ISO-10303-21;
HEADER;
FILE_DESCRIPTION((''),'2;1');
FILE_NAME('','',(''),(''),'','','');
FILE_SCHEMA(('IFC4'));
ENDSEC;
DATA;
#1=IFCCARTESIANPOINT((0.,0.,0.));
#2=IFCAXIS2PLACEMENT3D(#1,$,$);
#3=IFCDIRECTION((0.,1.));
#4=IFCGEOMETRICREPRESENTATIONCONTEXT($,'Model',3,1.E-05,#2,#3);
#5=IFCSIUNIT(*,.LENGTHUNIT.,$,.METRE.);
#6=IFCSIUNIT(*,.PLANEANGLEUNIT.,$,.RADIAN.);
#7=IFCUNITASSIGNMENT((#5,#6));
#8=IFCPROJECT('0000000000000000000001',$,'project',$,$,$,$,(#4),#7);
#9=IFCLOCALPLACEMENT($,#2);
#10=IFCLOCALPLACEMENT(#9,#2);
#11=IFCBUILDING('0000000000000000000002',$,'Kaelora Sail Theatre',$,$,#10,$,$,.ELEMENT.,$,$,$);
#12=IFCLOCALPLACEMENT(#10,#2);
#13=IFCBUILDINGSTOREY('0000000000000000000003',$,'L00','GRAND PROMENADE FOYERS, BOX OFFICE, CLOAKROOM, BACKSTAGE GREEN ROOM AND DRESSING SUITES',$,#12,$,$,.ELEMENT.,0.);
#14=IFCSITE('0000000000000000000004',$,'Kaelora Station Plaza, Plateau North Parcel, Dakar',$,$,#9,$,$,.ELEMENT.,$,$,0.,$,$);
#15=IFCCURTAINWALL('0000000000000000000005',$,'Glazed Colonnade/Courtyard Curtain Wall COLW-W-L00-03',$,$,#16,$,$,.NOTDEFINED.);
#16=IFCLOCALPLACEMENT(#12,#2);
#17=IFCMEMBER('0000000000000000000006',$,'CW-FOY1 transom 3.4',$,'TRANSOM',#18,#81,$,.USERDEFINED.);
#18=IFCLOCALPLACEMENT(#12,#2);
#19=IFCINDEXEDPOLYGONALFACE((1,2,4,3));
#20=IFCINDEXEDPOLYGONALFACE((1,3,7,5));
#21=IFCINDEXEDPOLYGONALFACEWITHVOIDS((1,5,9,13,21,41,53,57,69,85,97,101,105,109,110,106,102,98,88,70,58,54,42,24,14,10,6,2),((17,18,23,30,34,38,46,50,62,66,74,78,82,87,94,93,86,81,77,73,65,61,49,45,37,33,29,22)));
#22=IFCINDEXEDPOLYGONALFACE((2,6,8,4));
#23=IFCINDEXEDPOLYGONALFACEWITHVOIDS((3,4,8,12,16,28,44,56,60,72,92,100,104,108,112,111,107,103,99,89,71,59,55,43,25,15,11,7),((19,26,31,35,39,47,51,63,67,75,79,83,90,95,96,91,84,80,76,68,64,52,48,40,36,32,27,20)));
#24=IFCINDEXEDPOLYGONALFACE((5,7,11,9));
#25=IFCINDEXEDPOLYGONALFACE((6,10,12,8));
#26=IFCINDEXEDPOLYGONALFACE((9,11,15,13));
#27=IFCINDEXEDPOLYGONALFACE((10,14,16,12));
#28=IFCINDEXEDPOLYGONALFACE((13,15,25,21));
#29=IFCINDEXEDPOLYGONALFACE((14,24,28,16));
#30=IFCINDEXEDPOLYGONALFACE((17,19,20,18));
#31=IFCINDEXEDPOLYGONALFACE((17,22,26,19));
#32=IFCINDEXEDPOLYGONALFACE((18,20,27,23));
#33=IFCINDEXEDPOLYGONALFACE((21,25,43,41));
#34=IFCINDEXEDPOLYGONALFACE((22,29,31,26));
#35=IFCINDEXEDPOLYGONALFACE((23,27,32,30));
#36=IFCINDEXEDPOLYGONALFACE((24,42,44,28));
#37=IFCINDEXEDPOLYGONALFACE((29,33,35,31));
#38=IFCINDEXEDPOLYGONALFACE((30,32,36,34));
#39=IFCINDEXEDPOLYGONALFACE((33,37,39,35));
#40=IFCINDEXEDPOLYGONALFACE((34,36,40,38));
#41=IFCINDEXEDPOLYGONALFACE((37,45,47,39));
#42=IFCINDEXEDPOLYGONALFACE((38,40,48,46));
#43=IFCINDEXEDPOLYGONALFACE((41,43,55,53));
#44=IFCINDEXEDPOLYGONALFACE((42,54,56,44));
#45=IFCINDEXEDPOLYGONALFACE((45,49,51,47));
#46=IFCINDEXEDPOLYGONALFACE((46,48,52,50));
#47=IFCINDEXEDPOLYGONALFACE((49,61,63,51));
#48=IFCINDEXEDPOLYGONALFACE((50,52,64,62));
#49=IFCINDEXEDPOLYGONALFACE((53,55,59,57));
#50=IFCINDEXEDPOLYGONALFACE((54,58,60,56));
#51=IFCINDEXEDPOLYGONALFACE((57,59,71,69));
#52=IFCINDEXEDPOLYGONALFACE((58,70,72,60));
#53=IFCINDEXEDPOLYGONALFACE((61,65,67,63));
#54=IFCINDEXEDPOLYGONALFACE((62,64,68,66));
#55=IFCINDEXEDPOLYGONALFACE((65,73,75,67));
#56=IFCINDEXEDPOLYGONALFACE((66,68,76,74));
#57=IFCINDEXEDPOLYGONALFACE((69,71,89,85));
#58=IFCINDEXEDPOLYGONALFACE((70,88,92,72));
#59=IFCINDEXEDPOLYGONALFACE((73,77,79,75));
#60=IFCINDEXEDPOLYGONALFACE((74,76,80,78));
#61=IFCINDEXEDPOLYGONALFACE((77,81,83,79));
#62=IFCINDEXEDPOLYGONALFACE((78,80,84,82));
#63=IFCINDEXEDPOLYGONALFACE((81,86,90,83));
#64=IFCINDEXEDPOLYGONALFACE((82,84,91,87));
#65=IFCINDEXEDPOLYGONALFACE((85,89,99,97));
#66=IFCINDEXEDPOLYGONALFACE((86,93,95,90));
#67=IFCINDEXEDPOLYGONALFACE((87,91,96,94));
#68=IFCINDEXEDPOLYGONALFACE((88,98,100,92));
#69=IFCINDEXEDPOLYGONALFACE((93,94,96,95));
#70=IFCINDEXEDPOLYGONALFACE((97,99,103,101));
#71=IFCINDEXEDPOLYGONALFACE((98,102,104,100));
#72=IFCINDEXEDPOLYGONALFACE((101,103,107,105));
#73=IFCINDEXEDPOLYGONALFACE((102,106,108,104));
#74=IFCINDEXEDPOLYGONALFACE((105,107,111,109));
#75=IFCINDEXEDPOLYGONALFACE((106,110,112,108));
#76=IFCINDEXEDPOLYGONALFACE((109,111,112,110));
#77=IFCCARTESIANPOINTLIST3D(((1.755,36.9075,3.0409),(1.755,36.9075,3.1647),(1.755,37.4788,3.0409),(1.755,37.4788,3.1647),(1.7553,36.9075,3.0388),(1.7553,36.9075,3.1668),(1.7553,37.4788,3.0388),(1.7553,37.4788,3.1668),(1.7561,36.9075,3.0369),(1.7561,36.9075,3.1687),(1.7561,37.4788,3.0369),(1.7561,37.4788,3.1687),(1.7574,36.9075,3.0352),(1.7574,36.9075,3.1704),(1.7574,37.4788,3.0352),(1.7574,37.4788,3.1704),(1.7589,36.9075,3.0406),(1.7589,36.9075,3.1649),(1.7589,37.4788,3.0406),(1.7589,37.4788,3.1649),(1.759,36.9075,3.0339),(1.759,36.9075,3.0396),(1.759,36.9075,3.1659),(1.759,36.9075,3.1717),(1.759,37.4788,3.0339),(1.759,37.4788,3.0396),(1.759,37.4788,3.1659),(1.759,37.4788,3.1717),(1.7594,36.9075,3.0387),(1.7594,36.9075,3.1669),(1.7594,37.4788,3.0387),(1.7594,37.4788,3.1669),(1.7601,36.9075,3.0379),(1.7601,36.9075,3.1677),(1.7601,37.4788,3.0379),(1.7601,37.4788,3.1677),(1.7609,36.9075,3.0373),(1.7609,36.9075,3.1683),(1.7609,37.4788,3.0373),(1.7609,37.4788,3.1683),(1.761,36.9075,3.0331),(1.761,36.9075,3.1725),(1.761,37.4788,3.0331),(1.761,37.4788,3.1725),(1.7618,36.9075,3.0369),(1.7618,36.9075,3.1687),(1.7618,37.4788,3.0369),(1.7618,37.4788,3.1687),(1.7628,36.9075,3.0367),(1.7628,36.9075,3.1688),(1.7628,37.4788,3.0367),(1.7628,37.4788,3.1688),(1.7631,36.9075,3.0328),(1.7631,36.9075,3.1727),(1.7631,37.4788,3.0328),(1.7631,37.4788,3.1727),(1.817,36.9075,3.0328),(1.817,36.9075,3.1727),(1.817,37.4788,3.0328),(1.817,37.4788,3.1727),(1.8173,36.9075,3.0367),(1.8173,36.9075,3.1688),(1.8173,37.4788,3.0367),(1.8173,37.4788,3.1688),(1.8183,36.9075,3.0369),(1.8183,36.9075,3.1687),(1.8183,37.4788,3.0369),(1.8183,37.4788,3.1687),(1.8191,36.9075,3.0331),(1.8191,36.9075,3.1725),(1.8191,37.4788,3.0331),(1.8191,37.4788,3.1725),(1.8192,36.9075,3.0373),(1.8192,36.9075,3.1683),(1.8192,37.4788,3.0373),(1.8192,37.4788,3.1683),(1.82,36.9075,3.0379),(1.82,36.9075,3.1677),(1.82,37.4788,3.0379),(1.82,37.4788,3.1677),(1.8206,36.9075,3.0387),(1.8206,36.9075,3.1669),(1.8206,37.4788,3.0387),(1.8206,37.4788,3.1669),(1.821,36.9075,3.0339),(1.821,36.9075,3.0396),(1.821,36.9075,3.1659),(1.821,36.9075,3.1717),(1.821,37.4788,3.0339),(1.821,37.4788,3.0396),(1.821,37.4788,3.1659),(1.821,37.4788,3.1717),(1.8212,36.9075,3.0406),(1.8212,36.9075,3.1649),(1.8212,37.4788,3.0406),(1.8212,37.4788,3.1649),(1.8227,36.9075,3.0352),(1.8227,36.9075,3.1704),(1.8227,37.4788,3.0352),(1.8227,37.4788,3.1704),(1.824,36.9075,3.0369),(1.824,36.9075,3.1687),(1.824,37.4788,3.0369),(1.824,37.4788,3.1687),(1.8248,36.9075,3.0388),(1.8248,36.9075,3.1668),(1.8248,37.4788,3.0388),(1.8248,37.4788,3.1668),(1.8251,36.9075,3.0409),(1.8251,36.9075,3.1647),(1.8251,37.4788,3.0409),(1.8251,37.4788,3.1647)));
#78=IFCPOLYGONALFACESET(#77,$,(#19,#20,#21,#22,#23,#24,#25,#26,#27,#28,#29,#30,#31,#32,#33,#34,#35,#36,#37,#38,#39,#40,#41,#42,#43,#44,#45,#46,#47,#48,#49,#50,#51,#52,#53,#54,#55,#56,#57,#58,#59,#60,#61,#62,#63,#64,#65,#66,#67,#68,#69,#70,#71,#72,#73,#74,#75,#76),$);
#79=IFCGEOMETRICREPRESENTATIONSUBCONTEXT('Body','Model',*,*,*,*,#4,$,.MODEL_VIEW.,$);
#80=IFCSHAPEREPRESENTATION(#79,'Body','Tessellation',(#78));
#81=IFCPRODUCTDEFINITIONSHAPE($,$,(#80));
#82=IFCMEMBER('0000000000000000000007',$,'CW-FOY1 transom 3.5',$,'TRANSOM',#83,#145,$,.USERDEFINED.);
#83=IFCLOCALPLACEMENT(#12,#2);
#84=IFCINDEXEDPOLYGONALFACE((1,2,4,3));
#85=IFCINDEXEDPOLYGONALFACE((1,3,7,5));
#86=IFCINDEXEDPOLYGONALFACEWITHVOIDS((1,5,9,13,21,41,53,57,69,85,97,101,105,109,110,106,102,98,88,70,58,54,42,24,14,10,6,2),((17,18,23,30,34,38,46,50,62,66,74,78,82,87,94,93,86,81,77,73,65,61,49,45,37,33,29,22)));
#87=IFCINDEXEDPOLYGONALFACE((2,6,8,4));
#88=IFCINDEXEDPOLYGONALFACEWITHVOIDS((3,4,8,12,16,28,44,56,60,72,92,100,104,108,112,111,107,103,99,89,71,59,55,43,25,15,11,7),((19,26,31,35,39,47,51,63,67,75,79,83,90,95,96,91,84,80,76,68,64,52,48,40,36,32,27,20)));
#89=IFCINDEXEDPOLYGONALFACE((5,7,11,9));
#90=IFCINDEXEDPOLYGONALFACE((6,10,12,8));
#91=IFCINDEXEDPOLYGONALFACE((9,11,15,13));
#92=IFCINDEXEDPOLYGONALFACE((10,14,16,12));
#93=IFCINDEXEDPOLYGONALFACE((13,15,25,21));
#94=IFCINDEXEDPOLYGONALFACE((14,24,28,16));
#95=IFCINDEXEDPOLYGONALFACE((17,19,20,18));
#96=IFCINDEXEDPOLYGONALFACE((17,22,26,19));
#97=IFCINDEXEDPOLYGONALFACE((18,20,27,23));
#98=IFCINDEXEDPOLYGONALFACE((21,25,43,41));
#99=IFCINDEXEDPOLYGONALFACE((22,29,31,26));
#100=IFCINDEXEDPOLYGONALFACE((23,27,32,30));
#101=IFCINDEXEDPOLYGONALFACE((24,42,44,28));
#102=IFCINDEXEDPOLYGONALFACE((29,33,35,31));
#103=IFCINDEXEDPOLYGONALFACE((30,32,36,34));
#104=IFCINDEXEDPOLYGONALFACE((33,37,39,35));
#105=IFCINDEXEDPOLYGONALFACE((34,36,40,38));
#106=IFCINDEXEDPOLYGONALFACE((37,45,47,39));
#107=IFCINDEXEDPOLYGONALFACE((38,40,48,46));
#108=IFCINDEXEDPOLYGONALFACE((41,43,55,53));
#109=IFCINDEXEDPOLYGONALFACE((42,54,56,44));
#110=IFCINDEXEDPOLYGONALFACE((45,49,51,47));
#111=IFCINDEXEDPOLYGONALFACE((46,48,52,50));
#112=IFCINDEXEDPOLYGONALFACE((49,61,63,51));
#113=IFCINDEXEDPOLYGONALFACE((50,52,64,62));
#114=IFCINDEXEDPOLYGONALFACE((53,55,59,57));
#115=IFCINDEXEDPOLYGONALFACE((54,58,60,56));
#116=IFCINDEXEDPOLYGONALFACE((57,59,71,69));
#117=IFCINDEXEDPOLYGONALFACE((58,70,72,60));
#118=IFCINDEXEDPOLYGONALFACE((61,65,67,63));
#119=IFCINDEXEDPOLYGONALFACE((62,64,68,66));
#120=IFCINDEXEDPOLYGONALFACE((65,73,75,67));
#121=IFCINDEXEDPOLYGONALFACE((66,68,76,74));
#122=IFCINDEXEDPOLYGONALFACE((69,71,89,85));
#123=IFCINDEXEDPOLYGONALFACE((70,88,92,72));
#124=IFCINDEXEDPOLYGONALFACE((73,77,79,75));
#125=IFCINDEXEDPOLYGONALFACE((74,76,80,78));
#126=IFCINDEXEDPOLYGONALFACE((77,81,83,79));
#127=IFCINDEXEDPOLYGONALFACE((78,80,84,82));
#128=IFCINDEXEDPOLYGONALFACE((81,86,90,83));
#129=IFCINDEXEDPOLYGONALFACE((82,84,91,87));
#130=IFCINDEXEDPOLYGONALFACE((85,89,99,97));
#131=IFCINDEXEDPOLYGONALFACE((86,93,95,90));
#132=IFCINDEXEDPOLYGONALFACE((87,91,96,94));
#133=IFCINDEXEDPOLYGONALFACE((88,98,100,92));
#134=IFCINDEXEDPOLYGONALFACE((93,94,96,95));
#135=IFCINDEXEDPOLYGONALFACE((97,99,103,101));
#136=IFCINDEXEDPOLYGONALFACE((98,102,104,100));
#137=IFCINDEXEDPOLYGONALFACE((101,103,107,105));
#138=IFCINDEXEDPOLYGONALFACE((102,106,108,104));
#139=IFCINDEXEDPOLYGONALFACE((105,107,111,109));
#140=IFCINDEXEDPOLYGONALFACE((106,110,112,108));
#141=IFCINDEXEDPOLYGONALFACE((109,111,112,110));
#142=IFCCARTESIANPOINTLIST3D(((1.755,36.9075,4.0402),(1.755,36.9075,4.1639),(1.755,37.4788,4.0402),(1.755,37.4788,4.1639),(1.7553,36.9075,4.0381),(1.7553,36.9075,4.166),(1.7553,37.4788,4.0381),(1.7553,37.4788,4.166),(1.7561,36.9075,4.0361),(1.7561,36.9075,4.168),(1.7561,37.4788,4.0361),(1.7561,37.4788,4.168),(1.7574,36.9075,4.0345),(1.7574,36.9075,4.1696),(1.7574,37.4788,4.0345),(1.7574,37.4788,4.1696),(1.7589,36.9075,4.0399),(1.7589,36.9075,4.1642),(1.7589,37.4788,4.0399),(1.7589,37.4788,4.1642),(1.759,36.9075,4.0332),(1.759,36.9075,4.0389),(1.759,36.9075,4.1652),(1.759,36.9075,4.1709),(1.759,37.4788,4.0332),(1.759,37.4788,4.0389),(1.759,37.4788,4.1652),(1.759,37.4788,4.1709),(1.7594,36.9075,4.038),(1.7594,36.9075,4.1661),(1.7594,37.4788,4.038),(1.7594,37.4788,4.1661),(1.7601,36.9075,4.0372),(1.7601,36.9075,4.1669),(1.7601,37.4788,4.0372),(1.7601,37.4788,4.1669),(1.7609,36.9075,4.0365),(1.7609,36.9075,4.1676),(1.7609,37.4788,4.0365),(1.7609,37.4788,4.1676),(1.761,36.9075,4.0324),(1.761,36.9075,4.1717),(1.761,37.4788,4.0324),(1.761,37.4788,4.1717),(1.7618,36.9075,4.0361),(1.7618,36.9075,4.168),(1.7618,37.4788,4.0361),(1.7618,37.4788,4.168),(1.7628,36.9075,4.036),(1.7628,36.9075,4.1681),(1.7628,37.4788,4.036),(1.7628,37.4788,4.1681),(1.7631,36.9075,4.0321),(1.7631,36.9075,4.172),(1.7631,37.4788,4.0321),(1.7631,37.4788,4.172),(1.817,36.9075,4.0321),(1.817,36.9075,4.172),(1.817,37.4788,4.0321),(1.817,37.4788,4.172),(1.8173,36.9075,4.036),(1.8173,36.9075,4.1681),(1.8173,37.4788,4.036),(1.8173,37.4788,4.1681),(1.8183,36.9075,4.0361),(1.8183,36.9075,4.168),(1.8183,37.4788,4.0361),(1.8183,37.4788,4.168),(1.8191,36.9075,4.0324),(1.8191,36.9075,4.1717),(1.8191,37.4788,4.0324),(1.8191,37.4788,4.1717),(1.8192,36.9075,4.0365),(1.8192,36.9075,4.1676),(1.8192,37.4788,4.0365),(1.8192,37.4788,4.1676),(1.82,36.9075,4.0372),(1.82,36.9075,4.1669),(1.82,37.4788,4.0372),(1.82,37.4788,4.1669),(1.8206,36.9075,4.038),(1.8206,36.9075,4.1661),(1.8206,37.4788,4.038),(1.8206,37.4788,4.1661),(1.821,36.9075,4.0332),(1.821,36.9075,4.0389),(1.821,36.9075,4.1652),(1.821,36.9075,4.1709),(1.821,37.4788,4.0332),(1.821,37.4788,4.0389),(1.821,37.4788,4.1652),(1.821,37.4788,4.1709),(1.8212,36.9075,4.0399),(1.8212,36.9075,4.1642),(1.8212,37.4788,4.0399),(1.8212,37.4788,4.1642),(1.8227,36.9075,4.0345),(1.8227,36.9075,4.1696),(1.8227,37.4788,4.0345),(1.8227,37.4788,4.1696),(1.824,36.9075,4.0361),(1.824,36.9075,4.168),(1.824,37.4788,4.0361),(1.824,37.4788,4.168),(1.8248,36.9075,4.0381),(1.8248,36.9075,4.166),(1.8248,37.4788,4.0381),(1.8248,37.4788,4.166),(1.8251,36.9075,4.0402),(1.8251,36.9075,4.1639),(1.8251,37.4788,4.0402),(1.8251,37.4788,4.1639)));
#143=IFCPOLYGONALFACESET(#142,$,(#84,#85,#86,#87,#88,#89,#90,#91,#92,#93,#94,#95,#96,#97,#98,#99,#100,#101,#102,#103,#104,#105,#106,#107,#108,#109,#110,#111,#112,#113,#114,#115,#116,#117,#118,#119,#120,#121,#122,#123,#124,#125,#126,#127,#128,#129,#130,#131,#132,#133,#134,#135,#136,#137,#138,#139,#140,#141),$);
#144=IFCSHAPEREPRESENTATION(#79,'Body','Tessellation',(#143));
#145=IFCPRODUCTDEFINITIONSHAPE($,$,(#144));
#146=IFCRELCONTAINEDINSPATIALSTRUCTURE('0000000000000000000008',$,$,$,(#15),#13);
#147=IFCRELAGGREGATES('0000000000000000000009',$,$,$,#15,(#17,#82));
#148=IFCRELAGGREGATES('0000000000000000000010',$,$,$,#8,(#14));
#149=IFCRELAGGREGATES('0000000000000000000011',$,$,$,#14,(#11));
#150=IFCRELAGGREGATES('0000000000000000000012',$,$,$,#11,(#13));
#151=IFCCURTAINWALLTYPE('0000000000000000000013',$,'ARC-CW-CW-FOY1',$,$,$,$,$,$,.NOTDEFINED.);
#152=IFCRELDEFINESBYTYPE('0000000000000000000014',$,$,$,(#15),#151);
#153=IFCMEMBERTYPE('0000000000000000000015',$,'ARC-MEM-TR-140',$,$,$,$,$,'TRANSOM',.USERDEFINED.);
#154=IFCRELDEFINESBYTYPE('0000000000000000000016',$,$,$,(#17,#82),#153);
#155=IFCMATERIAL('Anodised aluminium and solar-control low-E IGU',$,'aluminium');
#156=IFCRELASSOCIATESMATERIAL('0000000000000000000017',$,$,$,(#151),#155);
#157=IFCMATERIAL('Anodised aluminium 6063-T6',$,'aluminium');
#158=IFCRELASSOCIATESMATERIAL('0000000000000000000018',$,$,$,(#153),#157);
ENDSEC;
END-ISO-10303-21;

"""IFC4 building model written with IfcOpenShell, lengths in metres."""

from ifc_helpers import new_model, si_unit, direction, frame, origin, origin_2d, place, context, subcontext, project, spatial, hollow_rectangle, extrude, material, material_profile, profile_set, type_object, element, aggregate, save


model = new_model("IFC4")

# Units and contexts
model_context = context("Model", 3, precision=1e-05, world=origin(), true_north=direction((0.0, 1.0)))
body_context = subcontext(model_context, "Body", "Model", "MODEL_VIEW")
ifc_project = project(units=[si_unit("LENGTHUNIT", "METRE"), si_unit("PLANEANGLEUNIT", "RADIAN")], contexts=[model_context])

# Site, building, storey
site_placement = place(None, origin())
site = spatial("IfcSite", under=ifc_project, at=site_placement, Name="Kaelora Station Plaza, Plateau North Parcel, Dakar", CompositionType="ELEMENT", RefElevation=0.0)
building_placement = place(site_placement, origin())
building = spatial("IfcBuilding", under=site, at=building_placement, Name="Kaelora Sail Theatre", CompositionType="ELEMENT")
storey_placement = place(building_placement, origin())
storey = spatial("IfcBuildingStorey", under=building, at=storey_placement, Name="L00", Description="GRAND PROMENADE FOYERS, BOX OFFICE, CLOAKROOM, BACKSTAGE GREEN ROOM AND DRESSING SUITES", CompositionType="ELEMENT", Elevation=0.0)

# Curtain wall, members
ifc_material_1 = material(Name="Anodised aluminium and solar-control low-E IGU", Category="aluminium")
curtain_wall_type = type_object("IfcCurtainWallType", Name="ARC-CW-CW-FOY1", PredefinedType="NOTDEFINED", material=ifc_material_1)
curtain_wall_1_placement = place(storey_placement, origin())
curtain_wall_1 = element("IfcCurtainWall", 1, at=curtain_wall_1_placement, inside=storey, type_object=curtain_wall_type, Name="Glazed Colonnade/Courtyard Curtain Wall COLW-W-L00-03", PredefinedType="NOTDEFINED")
ifc_material_2 = material(Name="Anodised aluminium 6063-T6", Category="aluminium")
ifc_material_profile = material_profile(ifc_material_2, hollow_rectangle(XDim=0.0701, YDim=0.1399, WallThickness=0.0039, InnerFilletRadius=0.0039, OuterFilletRadius=0.0081, at=origin_2d()), Name="ALU-TRAN 70x140x4")
ifc_profile_set = profile_set([ifc_material_profile], Name="Anodised aluminium 6063-T6")
member_type = type_object("IfcMemberType", Name="ARC-MEM-TR-140", ElementType="TRANSOM", PredefinedType="USERDEFINED", material=ifc_profile_set)
member_1_placement = place(storey_placement, frame((1.79, 36.9075, 3.1028), z_axis=(0.0, 1.0, 0.0), x_axis=(-1.0, 0.0, 0.0)))
member_1 = element("IfcMember", 2, at=member_1_placement, type_object=member_type, Name="CW-FOY1 transom 3.4", ObjectType="TRANSOM", PredefinedType="USERDEFINED", context=body_context, shape_type="SweptSolid", body=[
    extrude(hollow_rectangle(XDim=0.0701, YDim=0.1399, WallThickness=0.0039, InnerFilletRadius=0.0039, OuterFilletRadius=0.0081, at=origin_2d()), origin(), (0.0, 0.0, 1.0), 0.5713),
])
member_2_placement = place(storey_placement, frame((1.79, 36.9075, 4.1021), z_axis=(0.0, 1.0, 0.0), x_axis=(-1.0, 0.0, 0.0)))
member_2 = element("IfcMember", 3, at=member_2_placement, type_object=member_type, Name="CW-FOY1 transom 3.5", ObjectType="TRANSOM", PredefinedType="USERDEFINED", context=body_context, shape_type="SweptSolid", body=[
    extrude(hollow_rectangle(XDim=0.0701, YDim=0.1399, WallThickness=0.0039, InnerFilletRadius=0.0039, OuterFilletRadius=0.0081, at=origin_2d()), origin(), (0.0, 0.0, 1.0), 0.5713),
])

aggregate(curtain_wall_1, [member_1, member_2])

save(model, "model.ifc")
